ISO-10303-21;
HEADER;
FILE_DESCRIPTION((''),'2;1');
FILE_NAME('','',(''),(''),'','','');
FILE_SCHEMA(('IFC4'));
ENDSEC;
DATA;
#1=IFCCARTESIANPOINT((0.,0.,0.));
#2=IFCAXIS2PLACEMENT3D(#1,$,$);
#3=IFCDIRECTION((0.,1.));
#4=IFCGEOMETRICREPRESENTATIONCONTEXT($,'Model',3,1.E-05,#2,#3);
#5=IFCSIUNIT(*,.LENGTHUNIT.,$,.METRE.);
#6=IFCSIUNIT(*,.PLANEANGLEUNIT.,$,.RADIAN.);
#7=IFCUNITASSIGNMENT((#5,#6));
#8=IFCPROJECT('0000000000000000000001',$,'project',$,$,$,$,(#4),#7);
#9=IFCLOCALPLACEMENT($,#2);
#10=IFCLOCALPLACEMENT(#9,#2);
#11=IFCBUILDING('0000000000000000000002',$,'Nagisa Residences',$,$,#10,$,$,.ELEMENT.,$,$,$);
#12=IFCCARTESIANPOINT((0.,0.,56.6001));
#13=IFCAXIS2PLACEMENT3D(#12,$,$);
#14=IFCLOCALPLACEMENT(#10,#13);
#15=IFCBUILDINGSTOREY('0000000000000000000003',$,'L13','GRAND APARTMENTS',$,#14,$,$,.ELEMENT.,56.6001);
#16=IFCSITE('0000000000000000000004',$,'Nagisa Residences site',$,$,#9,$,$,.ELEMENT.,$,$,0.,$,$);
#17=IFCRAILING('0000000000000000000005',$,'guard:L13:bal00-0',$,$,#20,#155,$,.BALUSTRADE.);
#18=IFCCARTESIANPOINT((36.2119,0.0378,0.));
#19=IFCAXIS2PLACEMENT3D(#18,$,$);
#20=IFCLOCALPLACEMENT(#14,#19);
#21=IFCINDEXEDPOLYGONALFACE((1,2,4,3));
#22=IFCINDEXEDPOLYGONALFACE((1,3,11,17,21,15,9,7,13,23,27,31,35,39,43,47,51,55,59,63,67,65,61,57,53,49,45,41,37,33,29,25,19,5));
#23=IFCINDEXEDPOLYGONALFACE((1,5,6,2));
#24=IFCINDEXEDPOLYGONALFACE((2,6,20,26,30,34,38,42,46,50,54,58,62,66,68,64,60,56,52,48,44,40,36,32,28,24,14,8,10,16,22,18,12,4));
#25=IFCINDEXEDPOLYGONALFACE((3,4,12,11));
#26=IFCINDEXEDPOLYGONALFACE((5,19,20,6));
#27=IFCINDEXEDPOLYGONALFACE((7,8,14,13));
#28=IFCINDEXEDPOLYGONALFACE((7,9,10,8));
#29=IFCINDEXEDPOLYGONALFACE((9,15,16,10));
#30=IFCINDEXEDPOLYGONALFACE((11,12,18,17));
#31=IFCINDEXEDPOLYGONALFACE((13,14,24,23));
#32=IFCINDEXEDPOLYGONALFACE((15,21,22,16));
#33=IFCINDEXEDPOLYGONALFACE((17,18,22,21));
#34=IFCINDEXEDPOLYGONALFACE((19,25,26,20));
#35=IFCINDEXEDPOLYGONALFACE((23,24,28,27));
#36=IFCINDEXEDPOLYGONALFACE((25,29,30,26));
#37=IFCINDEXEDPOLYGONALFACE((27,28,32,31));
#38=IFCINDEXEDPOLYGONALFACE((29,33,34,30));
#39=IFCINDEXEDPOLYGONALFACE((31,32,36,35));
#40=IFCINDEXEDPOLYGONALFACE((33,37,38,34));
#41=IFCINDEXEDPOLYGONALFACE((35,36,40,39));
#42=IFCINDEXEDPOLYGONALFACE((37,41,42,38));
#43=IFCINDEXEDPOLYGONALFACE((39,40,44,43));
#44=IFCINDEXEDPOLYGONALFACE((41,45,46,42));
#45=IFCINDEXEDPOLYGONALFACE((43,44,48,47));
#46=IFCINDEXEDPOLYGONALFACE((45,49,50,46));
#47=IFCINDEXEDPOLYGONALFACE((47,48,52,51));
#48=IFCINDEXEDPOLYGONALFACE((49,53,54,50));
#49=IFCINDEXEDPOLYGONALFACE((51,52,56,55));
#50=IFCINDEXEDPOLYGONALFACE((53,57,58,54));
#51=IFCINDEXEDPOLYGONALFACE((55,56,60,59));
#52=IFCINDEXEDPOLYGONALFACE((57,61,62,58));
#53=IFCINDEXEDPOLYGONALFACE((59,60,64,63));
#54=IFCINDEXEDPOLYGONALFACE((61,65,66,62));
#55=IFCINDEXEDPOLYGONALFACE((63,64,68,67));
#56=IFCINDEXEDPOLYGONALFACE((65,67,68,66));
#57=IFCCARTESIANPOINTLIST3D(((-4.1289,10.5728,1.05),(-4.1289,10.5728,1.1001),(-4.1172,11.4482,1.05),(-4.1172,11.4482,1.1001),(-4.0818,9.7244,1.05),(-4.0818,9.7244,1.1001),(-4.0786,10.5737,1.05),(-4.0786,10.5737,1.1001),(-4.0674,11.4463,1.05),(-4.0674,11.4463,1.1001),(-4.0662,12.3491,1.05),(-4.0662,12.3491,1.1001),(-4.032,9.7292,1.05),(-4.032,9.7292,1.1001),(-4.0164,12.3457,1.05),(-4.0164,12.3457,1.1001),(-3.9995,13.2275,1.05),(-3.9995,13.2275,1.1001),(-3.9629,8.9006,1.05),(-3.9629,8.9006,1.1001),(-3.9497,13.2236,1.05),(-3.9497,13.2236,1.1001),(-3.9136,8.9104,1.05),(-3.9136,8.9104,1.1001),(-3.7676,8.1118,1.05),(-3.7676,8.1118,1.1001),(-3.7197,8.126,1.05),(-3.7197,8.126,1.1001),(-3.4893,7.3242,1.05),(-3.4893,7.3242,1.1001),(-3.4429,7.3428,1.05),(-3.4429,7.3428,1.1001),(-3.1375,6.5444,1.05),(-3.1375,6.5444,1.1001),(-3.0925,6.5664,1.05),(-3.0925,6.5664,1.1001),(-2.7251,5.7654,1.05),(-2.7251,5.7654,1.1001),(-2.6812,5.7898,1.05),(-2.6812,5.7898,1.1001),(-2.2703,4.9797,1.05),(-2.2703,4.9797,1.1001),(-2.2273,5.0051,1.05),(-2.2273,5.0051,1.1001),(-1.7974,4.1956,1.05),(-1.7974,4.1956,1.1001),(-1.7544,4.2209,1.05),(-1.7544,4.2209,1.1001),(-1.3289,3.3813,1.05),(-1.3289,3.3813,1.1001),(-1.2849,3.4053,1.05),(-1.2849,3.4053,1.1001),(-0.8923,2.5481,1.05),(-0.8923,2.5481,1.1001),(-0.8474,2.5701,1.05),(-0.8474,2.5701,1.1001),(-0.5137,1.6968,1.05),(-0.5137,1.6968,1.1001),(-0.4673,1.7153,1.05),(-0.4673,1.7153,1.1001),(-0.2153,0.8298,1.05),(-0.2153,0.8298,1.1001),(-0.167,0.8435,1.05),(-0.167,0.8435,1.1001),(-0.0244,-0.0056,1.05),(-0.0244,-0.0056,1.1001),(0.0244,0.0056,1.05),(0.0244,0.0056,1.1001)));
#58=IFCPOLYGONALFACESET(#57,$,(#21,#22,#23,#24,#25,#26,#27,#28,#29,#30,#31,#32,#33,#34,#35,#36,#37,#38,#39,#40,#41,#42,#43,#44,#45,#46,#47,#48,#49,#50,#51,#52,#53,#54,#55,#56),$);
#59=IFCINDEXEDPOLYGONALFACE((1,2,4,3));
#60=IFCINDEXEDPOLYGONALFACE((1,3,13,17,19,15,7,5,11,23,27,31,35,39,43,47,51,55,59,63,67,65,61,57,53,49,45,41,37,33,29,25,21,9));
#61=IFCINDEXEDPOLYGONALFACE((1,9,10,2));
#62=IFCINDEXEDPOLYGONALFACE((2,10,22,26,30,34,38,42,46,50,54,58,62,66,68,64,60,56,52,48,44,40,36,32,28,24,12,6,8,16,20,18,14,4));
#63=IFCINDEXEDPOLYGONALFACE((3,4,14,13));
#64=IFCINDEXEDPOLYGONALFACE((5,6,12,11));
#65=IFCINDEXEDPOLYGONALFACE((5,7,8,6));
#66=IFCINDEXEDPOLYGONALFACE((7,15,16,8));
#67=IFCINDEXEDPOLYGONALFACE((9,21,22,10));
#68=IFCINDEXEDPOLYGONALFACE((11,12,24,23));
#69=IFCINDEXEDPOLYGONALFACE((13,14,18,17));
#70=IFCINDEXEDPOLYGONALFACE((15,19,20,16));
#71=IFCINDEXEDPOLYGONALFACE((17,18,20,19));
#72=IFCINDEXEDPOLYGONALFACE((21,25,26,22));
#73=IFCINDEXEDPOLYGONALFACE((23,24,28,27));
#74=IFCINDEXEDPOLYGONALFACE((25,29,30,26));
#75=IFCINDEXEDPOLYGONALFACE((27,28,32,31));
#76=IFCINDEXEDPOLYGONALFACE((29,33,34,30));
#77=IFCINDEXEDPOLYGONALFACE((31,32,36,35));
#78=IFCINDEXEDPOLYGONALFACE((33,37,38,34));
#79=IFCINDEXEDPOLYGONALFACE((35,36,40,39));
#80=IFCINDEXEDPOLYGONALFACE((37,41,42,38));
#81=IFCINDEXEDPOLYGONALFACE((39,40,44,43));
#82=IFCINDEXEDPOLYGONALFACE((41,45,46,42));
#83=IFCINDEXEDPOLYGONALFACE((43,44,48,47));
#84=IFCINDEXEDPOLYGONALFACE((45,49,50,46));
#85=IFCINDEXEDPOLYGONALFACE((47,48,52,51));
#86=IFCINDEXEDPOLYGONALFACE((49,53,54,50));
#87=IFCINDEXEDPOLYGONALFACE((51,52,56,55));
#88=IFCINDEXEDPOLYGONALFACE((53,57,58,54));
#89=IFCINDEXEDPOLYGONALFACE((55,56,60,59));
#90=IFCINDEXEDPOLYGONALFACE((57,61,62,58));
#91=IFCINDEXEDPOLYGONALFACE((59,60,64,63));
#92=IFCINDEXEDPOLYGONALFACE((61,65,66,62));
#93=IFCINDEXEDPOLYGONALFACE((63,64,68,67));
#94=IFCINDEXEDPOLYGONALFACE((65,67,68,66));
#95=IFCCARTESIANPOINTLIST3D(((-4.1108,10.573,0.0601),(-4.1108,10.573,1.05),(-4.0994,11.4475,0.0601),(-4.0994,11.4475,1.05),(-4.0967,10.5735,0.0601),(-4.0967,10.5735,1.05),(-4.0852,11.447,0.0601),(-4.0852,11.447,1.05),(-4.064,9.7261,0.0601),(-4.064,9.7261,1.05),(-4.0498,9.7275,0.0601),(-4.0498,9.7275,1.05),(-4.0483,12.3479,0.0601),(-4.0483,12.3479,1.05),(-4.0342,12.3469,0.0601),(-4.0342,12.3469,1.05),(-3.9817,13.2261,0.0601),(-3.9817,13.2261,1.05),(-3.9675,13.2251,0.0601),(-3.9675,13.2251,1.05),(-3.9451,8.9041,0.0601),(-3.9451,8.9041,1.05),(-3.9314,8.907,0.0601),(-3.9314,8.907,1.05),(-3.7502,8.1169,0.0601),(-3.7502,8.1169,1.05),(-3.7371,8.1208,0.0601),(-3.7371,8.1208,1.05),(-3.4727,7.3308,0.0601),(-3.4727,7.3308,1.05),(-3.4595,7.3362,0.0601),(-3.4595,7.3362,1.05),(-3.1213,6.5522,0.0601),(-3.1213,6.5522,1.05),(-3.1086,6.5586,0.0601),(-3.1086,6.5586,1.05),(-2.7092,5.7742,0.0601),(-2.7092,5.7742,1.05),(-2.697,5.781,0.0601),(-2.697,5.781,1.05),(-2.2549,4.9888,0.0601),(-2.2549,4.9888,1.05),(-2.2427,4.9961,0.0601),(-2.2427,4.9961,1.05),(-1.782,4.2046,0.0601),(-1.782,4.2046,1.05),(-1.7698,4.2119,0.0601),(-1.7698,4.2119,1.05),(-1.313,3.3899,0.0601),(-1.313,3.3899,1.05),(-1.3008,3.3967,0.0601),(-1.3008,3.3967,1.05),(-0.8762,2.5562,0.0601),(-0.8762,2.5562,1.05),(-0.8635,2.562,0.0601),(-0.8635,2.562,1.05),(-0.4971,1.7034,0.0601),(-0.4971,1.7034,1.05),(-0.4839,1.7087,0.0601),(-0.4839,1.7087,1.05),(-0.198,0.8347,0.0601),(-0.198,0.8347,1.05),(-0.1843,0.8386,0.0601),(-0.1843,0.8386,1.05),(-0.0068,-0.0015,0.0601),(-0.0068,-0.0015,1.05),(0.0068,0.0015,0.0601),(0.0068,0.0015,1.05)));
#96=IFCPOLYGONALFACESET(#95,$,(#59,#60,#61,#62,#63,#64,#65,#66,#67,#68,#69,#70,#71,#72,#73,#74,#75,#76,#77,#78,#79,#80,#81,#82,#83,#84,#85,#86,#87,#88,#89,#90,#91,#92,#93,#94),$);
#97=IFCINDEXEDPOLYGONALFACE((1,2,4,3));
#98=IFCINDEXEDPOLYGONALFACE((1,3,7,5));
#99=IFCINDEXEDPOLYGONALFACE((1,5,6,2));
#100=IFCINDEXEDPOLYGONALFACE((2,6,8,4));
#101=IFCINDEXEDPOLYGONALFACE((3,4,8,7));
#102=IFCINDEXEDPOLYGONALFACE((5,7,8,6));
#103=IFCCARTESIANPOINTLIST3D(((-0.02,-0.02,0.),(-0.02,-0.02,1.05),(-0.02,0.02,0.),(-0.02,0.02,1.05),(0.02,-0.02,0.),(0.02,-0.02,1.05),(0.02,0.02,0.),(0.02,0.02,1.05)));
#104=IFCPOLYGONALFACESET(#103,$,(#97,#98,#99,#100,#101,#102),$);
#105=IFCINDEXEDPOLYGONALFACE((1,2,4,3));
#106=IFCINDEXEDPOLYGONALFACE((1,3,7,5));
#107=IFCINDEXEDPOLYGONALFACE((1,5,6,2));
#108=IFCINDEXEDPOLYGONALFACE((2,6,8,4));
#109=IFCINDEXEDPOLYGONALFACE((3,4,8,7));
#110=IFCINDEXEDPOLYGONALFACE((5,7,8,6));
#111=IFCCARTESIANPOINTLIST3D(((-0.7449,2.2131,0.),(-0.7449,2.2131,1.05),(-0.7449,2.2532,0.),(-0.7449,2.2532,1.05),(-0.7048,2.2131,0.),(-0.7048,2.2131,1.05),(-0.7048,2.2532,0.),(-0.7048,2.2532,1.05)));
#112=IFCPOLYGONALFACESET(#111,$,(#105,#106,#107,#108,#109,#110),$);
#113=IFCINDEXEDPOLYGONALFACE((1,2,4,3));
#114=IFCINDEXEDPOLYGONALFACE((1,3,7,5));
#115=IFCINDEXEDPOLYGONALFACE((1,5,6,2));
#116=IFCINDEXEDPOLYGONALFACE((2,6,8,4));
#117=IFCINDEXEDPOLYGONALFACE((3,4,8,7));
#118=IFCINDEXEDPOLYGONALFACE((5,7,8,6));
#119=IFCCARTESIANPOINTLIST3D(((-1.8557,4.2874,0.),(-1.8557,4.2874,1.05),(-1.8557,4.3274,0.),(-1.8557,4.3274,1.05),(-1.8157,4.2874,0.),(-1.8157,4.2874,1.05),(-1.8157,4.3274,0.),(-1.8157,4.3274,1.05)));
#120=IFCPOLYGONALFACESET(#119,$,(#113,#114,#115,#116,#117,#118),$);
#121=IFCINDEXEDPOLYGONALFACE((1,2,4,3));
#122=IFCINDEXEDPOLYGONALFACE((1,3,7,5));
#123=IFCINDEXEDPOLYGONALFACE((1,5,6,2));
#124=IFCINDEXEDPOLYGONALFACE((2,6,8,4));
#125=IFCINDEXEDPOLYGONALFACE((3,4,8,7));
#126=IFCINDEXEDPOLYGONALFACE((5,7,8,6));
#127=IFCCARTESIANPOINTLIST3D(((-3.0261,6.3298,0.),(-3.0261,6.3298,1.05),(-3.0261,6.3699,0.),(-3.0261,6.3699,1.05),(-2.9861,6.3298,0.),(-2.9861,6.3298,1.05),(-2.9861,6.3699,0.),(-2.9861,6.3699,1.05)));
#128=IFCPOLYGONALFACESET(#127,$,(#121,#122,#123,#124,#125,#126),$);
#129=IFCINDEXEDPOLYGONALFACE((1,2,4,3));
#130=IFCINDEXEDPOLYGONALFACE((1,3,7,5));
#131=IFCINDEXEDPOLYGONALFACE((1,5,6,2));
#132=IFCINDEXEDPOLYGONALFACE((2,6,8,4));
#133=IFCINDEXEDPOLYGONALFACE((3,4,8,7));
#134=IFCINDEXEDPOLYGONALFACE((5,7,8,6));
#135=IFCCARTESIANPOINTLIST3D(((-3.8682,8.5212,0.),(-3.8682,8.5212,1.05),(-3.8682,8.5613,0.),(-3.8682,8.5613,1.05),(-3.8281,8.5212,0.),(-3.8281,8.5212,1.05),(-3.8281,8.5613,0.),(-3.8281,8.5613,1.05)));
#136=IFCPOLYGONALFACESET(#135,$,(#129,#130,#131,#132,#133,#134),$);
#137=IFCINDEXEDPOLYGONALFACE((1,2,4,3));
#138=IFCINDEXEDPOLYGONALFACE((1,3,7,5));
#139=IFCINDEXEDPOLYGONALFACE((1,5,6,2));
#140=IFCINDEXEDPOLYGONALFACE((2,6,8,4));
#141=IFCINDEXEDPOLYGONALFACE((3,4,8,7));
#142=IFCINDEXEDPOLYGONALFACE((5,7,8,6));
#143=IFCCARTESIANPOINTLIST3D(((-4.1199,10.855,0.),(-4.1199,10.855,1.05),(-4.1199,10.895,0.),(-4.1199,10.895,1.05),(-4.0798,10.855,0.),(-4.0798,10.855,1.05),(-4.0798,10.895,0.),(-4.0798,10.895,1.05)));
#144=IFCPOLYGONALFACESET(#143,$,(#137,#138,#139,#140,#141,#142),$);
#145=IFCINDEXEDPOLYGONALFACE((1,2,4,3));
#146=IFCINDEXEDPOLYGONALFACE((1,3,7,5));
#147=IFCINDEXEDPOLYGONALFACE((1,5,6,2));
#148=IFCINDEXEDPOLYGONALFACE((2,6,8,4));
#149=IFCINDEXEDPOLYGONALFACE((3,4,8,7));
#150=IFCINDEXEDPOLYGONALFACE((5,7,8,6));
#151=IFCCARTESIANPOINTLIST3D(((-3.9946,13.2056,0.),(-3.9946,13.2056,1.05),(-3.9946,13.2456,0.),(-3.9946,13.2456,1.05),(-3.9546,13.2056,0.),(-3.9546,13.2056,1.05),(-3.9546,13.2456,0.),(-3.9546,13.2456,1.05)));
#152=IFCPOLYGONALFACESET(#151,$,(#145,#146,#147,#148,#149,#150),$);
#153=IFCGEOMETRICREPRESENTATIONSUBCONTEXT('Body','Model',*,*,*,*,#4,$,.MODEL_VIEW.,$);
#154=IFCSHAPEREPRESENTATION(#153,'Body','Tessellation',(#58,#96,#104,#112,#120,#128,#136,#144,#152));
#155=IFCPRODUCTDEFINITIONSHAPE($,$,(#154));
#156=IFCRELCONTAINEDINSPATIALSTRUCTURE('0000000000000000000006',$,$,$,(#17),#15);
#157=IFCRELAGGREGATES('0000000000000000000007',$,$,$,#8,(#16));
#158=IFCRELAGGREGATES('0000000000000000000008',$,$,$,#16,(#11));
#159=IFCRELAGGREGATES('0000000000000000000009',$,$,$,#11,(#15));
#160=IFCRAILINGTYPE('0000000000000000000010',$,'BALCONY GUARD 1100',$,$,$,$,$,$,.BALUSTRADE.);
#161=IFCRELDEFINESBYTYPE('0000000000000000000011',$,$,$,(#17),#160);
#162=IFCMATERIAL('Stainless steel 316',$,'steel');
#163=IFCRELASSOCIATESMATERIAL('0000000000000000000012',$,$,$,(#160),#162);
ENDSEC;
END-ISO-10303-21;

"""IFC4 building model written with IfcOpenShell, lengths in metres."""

from ifc_helpers import new_model, si_unit, direction, frame, origin, origin_2d, place, context, subcontext, project, spatial, polyline, rectangle, outline, extrude, material, type_object, element, save


model = new_model("IFC4")

# Units and contexts
model_context = context("Model", 3, precision=1e-05, world=origin(), true_north=direction((0.0, 1.0)))
body_context = subcontext(model_context, "Body", "Model", "MODEL_VIEW")
ifc_project = project(units=[si_unit("LENGTHUNIT", "METRE"), si_unit("PLANEANGLEUNIT", "RADIAN")], contexts=[model_context])

# Site, building, storey
site_placement = place(None, origin())
site = spatial("IfcSite", under=ifc_project, at=site_placement, Name="Nagisa Residences site", CompositionType="ELEMENT", RefElevation=0.0)
building_placement = place(site_placement, origin())
building = spatial("IfcBuilding", under=site, at=building_placement, Name="Nagisa Residences", CompositionType="ELEMENT")
storey_placement = place(building_placement, frame((0.0, 0.0, 56.6001)))
storey = spatial("IfcBuildingStorey", under=building, at=storey_placement, Name="L13", Description="GRAND APARTMENTS", CompositionType="ELEMENT", Elevation=56.6001)

# Railing
ifc_material_1 = material(Name="Stainless steel 316", Category="steel")
railing_type = type_object("IfcRailingType", Name="BALCONY GUARD 1100", PredefinedType="BALUSTRADE", material=ifc_material_1)
railing_1_placement = place(storey_placement, frame((36.2119, 0.0378, 0.0)))
element("IfcRailing", 1, at=railing_1_placement, inside=storey, type_object=railing_type, Name="guard:L13:bal00-0", PredefinedType="BALUSTRADE", context=body_context, shape_type="SweptSolid", body=[
    extrude(outline(polyline([(-0.2153, 0.8298), (-0.0244, -0.0056), (0.0244, 0.0056), (-0.167, 0.8435), (-0.4673, 1.7153), (-0.8474, 2.5701), (-1.2849, 3.4053), (-1.7544, 4.2209), (-2.2273, 5.0051), (-2.6812, 5.7898), (-3.0925, 6.5664), (-3.4429, 7.3428), (-3.7197, 8.126), (-3.9136, 8.9104), (-4.032, 9.7292), (-4.0786, 10.5737), (-4.0674, 11.4463), (-4.0164, 12.3457), (-3.9497, 13.2236), (-3.9995, 13.2275), (-4.0662, 12.3491), (-4.1172, 11.4482), (-4.1289, 10.5728), (-4.0818, 9.7244), (-3.9629, 8.9006), (-3.7676, 8.1118), (-3.4893, 7.3242), (-3.1375, 6.5444), (-2.7251, 5.7654), (-2.2703, 4.9797), (-1.7974, 4.1956), (-1.3289, 3.3813), (-0.8923, 2.5481), (-0.5137, 1.6968), (-0.2153, 0.8298)])), frame((0.0, 0.0, 1.05)), (0.0, 0.0, 1.0), 0.05),
    extrude(outline(polyline([(-0.198, 0.8347), (-0.0068, -0.0015), (0.0068, 0.0015), (-0.1843, 0.8386), (-0.4839, 1.7087), (-0.8635, 2.562), (-1.3008, 3.3967), (-1.7698, 4.2119), (-2.2427, 4.9961), (-2.697, 5.781), (-3.1086, 6.5586), (-3.4595, 7.3362), (-3.7371, 8.1208), (-3.9314, 8.907), (-4.0498, 9.7275), (-4.0967, 10.5735), (-4.0852, 11.447), (-4.0342, 12.3469), (-3.9675, 13.2251), (-3.9817, 13.2261), (-4.0483, 12.3479), (-4.0994, 11.4475), (-4.1108, 10.573), (-4.064, 9.7261), (-3.9451, 8.9041), (-3.7502, 8.1169), (-3.4727, 7.3308), (-3.1213, 6.5522), (-2.7092, 5.7742), (-2.2549, 4.9888), (-1.782, 4.2046), (-1.313, 3.3899), (-0.8762, 2.5562), (-0.4971, 1.7034), (-0.198, 0.8347)])), frame((0.0, 0.0, 0.0601)), (0.0, 0.0, 1.0), 0.99),
    extrude(rectangle(XDim=0.04, YDim=0.04, at=origin_2d()), origin(), (0.0, 0.0, 1.0), 1.05),
    extrude(rectangle(XDim=0.04, YDim=0.04, at=origin_2d()), frame((-0.7249, 2.2332, 0.0)), (0.0, 0.0, 1.0), 1.05),
    extrude(rectangle(XDim=0.04, YDim=0.04, at=origin_2d()), frame((-1.8357, 4.3074, 0.0)), (0.0, 0.0, 1.0), 1.05),
    extrude(rectangle(XDim=0.04, YDim=0.04, at=origin_2d()), frame((-3.0061, 6.3499, 0.0)), (0.0, 0.0, 1.0), 1.05),
    extrude(rectangle(XDim=0.04, YDim=0.04, at=origin_2d()), frame((-3.8481, 8.5413, 0.0)), (0.0, 0.0, 1.0), 1.05),
    extrude(rectangle(XDim=0.04, YDim=0.04, at=origin_2d()), frame((-4.0999, 10.875, 0.0)), (0.0, 0.0, 1.0), 1.05),
    extrude(rectangle(XDim=0.04, YDim=0.04, at=origin_2d()), frame((-3.9746, 13.2256, 0.0)), (0.0, 0.0, 1.0), 1.05),
])

save(model, "model.ifc")
